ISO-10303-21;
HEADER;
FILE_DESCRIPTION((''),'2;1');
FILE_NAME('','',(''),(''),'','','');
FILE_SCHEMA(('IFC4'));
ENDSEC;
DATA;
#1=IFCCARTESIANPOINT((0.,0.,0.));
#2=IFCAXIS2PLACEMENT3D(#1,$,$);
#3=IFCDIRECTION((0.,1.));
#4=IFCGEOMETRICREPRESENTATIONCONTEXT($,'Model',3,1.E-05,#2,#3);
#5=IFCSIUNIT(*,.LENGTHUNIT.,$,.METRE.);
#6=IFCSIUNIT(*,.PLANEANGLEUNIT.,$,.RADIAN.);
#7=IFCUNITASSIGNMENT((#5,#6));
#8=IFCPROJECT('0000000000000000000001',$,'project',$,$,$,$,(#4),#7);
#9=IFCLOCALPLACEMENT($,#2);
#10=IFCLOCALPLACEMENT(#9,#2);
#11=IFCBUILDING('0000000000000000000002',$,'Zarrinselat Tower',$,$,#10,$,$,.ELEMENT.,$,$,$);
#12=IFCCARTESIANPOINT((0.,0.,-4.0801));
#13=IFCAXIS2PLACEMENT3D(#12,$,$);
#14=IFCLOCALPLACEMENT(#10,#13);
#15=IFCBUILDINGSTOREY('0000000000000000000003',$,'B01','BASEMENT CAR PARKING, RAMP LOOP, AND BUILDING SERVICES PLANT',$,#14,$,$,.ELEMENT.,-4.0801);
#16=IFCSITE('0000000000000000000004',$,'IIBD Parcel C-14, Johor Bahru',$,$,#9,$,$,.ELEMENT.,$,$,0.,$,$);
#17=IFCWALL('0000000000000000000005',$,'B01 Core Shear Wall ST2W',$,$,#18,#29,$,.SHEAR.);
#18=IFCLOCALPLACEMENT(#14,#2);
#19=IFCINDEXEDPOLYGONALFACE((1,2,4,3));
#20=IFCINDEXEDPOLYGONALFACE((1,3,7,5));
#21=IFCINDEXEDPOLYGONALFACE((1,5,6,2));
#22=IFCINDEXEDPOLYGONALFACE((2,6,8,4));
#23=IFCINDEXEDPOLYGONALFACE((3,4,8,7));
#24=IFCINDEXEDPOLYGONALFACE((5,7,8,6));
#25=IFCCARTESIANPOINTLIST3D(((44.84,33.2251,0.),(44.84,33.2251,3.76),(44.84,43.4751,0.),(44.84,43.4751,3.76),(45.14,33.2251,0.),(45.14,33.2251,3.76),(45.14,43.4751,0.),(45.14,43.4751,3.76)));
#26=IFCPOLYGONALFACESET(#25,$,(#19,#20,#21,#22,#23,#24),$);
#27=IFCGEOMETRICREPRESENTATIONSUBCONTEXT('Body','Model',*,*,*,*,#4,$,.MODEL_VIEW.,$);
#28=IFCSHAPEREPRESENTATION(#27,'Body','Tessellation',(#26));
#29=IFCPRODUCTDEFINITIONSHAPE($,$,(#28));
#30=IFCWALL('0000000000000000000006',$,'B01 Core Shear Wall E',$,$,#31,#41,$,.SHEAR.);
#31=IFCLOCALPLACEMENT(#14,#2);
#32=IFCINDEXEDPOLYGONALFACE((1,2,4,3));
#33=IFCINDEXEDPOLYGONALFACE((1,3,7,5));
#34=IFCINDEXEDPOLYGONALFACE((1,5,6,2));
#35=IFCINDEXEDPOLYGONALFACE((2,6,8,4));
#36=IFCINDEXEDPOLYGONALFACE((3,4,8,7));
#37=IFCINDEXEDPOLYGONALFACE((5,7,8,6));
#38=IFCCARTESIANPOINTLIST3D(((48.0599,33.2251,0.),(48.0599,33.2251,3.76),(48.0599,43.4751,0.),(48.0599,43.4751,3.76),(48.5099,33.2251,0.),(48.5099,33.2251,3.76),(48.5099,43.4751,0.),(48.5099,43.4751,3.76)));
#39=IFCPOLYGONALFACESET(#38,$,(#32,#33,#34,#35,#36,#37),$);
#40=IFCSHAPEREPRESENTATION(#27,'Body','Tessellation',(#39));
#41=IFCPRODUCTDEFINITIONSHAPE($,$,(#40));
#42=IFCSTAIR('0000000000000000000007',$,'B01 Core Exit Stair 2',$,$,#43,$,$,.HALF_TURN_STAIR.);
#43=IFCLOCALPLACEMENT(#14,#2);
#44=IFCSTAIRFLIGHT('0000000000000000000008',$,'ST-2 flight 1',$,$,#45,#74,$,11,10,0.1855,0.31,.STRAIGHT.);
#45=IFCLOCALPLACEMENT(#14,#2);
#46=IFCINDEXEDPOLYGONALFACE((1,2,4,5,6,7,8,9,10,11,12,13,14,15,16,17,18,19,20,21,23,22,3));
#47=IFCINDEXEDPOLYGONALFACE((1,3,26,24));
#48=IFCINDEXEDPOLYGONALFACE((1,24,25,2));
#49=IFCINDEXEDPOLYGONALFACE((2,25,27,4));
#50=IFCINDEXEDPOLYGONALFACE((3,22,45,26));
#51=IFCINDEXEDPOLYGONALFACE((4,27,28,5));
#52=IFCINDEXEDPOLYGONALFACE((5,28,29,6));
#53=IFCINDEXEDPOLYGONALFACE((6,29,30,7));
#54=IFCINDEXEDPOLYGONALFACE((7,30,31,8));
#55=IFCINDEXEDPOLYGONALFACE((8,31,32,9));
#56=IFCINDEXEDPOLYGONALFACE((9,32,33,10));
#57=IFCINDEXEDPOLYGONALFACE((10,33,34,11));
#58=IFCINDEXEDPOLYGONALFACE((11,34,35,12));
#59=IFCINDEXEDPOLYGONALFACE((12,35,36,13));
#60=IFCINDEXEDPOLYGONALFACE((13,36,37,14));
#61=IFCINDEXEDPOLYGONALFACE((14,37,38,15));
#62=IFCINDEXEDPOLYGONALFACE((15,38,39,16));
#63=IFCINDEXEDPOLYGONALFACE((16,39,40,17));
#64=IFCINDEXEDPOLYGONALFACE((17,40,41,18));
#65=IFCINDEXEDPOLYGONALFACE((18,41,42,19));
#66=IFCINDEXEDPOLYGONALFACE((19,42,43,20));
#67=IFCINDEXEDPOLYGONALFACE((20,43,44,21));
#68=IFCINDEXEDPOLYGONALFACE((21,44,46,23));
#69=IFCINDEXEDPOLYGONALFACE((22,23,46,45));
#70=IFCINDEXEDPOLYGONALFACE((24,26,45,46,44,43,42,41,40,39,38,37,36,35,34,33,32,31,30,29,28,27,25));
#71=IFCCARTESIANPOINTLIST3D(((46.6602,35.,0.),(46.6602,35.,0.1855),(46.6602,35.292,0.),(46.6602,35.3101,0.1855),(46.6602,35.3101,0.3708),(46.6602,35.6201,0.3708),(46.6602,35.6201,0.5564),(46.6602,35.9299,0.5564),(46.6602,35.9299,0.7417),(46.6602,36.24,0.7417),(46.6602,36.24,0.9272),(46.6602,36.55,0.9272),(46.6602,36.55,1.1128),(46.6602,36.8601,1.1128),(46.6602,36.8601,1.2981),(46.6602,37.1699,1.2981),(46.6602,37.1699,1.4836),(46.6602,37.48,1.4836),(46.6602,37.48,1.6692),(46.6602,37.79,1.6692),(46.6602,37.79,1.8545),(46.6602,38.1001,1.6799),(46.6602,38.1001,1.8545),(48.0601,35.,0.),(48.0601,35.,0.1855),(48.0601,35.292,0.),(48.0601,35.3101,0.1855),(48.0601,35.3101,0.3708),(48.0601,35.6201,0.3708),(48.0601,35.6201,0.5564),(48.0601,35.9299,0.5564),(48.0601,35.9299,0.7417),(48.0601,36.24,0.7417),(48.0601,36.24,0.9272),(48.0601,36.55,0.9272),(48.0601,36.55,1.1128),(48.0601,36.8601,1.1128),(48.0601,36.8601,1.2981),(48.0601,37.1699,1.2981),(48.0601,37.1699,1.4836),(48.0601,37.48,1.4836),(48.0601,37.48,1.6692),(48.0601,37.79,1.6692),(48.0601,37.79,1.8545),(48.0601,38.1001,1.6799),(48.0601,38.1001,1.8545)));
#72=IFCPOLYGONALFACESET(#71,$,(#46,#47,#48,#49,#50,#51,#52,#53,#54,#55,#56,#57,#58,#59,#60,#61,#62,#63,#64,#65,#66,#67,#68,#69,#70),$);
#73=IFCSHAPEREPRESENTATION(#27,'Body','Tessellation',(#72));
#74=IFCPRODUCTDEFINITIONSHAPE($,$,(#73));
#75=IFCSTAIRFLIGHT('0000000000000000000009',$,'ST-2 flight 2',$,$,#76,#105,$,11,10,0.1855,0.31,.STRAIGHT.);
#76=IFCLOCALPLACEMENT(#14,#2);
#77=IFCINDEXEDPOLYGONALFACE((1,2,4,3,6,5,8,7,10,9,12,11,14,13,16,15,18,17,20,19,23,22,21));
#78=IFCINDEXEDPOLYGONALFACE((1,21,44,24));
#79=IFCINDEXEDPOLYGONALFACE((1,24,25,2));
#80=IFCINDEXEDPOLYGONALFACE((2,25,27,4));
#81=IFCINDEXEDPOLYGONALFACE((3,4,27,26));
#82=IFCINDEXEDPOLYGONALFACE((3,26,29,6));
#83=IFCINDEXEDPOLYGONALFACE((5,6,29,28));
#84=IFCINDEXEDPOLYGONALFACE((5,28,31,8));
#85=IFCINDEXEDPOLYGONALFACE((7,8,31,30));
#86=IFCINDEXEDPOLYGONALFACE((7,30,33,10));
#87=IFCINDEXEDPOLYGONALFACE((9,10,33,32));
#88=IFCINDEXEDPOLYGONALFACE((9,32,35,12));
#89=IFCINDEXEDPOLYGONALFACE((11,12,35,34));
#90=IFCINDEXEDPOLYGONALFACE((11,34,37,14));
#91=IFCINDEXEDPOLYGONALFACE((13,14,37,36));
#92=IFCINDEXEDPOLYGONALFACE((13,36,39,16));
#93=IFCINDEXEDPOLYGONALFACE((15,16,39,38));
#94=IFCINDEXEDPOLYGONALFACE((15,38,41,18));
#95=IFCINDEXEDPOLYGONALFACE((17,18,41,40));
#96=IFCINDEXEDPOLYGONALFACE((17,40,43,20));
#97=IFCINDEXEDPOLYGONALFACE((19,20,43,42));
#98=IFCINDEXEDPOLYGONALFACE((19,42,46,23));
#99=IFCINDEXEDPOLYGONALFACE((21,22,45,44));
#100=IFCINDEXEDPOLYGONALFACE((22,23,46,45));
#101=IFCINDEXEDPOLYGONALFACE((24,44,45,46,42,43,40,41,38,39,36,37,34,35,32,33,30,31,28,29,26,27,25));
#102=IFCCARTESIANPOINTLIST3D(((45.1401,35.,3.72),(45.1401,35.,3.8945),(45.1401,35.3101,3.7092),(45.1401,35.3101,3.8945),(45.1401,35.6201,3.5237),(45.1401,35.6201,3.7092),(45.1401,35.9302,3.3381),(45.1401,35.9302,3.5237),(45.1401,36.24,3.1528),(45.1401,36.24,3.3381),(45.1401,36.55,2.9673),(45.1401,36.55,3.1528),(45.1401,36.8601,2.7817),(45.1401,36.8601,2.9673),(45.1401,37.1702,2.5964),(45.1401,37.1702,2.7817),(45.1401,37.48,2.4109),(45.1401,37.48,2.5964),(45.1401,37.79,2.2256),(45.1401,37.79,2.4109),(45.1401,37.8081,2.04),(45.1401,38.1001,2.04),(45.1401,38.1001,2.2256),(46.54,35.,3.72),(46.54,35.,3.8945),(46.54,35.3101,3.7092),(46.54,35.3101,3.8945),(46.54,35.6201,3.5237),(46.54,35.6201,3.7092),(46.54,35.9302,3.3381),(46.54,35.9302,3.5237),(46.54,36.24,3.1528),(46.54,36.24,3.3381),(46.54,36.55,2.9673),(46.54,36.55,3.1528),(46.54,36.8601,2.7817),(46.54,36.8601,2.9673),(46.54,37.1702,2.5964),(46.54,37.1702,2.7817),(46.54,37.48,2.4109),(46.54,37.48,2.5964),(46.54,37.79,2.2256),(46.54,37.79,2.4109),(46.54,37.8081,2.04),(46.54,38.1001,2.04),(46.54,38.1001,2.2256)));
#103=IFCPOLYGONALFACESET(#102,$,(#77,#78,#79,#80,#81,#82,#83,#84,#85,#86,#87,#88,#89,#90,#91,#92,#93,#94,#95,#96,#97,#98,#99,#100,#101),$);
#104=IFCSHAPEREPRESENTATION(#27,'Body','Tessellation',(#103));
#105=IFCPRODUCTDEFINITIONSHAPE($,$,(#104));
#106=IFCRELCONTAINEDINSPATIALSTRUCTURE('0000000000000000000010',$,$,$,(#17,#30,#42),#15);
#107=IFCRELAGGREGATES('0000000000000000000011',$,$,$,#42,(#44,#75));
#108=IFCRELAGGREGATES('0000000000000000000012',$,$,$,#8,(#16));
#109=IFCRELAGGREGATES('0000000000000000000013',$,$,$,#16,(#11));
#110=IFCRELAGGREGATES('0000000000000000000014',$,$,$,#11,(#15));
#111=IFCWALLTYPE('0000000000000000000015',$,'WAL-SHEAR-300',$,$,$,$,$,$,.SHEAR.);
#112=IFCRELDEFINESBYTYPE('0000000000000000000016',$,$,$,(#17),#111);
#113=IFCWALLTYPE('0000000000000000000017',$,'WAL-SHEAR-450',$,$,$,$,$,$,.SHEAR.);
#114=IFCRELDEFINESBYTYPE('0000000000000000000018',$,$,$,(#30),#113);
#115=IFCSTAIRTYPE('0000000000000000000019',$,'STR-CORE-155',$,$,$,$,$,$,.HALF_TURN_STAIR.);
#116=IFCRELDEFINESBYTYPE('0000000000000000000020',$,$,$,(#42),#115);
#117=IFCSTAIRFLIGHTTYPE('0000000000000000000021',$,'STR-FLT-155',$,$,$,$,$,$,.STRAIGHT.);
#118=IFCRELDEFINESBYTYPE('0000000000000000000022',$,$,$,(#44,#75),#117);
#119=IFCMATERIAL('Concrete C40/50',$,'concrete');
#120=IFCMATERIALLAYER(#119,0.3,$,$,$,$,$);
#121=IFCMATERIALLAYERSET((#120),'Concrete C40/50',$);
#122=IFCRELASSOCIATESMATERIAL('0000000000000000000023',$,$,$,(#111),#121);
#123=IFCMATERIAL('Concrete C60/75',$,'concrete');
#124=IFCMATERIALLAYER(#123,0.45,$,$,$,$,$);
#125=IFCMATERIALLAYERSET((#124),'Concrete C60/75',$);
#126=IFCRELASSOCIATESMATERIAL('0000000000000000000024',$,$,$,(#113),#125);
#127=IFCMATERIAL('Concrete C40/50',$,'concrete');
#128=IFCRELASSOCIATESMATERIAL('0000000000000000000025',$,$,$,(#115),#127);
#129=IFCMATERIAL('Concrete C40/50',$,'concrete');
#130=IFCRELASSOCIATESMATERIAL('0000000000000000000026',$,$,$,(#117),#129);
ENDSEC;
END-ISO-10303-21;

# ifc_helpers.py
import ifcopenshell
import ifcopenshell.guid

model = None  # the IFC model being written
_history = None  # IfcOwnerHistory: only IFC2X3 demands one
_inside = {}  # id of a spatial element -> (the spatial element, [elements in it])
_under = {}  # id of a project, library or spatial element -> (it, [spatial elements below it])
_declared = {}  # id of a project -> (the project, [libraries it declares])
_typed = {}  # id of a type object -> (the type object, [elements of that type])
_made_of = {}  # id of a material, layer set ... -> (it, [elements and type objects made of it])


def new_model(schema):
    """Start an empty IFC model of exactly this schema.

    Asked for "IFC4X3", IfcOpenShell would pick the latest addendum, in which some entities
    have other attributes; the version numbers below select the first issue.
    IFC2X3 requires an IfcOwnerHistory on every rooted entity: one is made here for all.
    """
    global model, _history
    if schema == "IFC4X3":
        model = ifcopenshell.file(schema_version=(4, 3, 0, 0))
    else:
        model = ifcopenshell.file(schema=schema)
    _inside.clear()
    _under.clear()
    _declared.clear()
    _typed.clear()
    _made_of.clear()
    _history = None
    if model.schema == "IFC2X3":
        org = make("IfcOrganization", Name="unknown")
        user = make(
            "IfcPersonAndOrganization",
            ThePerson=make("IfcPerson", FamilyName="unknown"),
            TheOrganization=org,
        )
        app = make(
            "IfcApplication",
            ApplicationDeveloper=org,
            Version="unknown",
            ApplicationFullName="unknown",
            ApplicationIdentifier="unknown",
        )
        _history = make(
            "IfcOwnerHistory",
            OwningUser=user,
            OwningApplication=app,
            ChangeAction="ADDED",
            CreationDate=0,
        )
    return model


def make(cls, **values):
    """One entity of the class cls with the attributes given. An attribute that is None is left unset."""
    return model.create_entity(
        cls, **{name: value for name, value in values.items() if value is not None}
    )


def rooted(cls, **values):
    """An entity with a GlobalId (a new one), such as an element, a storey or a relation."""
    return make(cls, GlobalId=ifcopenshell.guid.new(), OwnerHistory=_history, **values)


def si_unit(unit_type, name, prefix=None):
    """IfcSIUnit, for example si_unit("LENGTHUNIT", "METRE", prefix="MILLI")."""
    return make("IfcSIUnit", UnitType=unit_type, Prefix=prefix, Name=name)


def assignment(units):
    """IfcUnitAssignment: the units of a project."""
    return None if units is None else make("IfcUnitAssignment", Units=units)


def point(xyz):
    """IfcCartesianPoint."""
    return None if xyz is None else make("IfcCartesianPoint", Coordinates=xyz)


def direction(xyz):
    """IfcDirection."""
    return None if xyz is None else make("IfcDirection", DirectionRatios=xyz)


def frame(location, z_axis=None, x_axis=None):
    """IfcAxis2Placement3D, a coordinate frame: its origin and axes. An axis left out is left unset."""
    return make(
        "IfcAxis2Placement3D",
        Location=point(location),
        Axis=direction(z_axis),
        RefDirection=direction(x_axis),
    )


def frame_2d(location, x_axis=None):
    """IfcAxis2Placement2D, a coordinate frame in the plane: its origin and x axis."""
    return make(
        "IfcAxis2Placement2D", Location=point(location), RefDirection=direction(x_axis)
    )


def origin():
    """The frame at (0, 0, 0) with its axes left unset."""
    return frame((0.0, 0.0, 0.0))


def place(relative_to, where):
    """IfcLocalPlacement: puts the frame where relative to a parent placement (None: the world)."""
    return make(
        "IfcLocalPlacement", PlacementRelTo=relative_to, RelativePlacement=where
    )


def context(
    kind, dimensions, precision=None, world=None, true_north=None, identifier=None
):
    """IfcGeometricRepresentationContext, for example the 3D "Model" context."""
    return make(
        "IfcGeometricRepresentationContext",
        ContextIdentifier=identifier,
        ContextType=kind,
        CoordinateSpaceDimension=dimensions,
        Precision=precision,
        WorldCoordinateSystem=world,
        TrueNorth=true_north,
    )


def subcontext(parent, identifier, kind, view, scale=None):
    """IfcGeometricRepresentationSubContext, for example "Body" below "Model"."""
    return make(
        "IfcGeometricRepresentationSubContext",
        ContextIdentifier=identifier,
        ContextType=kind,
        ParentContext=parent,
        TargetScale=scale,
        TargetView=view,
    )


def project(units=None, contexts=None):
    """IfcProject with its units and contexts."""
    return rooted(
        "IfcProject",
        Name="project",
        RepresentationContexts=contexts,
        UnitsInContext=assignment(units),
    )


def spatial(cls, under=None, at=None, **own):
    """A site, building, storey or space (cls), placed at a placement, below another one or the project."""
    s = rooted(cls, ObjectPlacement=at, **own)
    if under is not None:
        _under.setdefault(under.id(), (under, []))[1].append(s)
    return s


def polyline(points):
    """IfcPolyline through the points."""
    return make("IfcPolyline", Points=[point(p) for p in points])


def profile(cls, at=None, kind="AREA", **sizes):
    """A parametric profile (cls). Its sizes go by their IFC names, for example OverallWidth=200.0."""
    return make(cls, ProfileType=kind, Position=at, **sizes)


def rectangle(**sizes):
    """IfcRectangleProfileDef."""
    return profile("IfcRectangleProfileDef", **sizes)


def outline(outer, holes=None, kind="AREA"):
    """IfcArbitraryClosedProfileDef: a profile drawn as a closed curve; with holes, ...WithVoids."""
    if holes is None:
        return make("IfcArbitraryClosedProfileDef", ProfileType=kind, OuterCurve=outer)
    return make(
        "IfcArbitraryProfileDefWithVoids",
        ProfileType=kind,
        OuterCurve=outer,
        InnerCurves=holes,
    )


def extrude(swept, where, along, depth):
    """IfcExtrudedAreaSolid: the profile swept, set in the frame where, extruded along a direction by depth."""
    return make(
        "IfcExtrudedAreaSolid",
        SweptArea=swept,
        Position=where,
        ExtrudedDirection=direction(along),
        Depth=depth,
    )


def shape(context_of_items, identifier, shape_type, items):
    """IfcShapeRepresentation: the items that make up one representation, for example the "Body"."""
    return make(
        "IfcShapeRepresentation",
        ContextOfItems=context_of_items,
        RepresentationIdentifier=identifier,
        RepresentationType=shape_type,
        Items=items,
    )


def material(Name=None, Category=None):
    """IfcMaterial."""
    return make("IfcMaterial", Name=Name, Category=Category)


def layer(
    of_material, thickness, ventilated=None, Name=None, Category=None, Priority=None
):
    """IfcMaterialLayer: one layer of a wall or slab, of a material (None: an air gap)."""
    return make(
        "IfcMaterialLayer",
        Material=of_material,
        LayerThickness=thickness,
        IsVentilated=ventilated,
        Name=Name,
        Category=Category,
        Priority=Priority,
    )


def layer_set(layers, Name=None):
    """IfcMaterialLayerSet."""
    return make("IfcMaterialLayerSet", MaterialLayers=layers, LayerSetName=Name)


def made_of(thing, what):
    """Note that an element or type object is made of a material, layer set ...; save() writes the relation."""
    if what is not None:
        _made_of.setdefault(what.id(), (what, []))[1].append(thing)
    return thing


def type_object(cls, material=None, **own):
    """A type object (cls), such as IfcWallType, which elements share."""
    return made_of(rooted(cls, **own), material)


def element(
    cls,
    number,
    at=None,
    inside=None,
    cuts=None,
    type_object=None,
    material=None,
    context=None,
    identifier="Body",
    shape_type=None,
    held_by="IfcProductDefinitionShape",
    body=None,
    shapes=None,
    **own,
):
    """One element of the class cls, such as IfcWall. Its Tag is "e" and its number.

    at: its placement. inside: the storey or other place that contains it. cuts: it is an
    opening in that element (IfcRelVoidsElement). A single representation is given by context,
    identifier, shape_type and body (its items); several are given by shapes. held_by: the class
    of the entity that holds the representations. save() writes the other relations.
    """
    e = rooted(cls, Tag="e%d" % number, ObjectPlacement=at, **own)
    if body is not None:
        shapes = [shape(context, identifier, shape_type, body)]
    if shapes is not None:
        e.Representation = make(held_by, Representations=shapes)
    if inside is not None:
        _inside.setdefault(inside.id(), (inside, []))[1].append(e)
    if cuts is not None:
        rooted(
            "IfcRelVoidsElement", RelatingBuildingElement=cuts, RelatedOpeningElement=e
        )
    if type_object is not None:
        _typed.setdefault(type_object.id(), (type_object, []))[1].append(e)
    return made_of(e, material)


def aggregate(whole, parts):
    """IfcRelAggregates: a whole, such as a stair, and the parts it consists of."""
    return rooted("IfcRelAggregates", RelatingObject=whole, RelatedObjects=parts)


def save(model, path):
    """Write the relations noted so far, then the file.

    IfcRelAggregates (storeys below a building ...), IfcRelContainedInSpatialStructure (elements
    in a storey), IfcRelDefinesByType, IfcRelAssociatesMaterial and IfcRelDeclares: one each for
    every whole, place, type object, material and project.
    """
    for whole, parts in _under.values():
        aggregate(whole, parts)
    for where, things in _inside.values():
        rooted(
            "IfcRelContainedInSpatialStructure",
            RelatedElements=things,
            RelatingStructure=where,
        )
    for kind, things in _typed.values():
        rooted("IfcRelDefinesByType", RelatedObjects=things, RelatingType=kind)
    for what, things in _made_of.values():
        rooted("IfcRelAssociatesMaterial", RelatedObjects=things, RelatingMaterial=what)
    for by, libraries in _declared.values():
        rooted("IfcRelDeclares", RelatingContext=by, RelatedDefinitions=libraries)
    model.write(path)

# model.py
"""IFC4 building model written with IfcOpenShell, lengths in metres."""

from ifc_helpers import new_model, si_unit, direction, frame, frame_2d, origin, place, context, subcontext, project, spatial, polyline, rectangle, outline, extrude, material, layer, layer_set, type_object, element, aggregate, save


model = new_model("IFC4")

# Units and contexts
model_context = context("Model", 3, precision=1e-05, world=origin(), true_north=direction((0.0, 1.0)))
body_context = subcontext(model_context, "Body", "Model", "MODEL_VIEW")
ifc_project = project(units=[si_unit("LENGTHUNIT", "METRE"), si_unit("PLANEANGLEUNIT", "RADIAN")], contexts=[model_context])

# Site, building, storey
site_placement = place(None, origin())
site = spatial("IfcSite", under=ifc_project, at=site_placement, Name="IIBD Parcel C-14, Johor Bahru", CompositionType="ELEMENT", RefElevation=0.0)
building_placement = place(site_placement, origin())
building = spatial("IfcBuilding", under=site, at=building_placement, Name="Zarrinselat Tower", CompositionType="ELEMENT")
storey_placement = place(building_placement, frame((0.0, 0.0, -4.0801)))
storey = spatial("IfcBuildingStorey", under=building, at=storey_placement, Name="B01", Description="BASEMENT CAR PARKING, RAMP LOOP, AND BUILDING SERVICES PLANT", CompositionType="ELEMENT", Elevation=-4.0801)

# Walls
ifc_material_1 = material(Name="Concrete C40/50", Category="concrete")
ifc_layer_1 = layer(ifc_material_1, 0.3)
ifc_layer_set_1 = layer_set([ifc_layer_1], Name="Concrete C40/50")
wall_type_1 = type_object("IfcWallType", Name="WAL-SHEAR-300", PredefinedType="SHEAR", material=ifc_layer_set_1)
wall_1_placement = place(storey_placement, frame((44.99, 33.2251, 0.0), z_axis=(0.0, 0.0, 1.0), x_axis=(0.0, 1.0, 0.0)))
element("IfcWall", 1, at=wall_1_placement, inside=storey, type_object=wall_type_1, Name="B01 Core Shear Wall ST2W", PredefinedType="SHEAR", context=body_context, shape_type="SweptSolid", body=[
    extrude(rectangle(XDim=10.25, YDim=0.3, at=frame_2d((5.125, 0.0))), origin(), (0.0, 0.0, 1.0), 3.76),
])
ifc_material_2 = material(Name="Concrete C60/75", Category="concrete")
ifc_layer_2 = layer(ifc_material_2, 0.45)
ifc_layer_set_2 = layer_set([ifc_layer_2], Name="Concrete C60/75")
wall_type_2 = type_object("IfcWallType", Name="WAL-SHEAR-450", PredefinedType="SHEAR", material=ifc_layer_set_2)
wall_2_placement = place(storey_placement, frame((48.2849, 33.2251, 0.0), z_axis=(0.0, 0.0, 1.0), x_axis=(0.0, 1.0, 0.0)))
element("IfcWall", 2, at=wall_2_placement, inside=storey, type_object=wall_type_2, Name="B01 Core Shear Wall E", PredefinedType="SHEAR", context=body_context, shape_type="SweptSolid", body=[
    extrude(rectangle(XDim=10.25, YDim=0.45, at=frame_2d((5.125, 0.0))), origin(), (0.0, 0.0, 1.0), 3.76),
])

# Stair, stair flights
ifc_material_3 = material(Name="Concrete C40/50", Category="concrete")
stair_type = type_object("IfcStairType", Name="STR-CORE-155", PredefinedType="HALF_TURN_STAIR", material=ifc_material_3)
stair_placement = place(storey_placement, origin())
stair = element("IfcStair", 3, at=stair_placement, inside=storey, type_object=stair_type, Name="B01 Core Exit Stair 2", PredefinedType="HALF_TURN_STAIR")
ifc_material_4 = material(Name="Concrete C40/50", Category="concrete")
stair_flight_type = type_object("IfcStairFlightType", Name="STR-FLT-155", PredefinedType="STRAIGHT", material=ifc_material_4)
stair_flight_1_placement = place(storey_placement, frame((47.3601, 35.0, 0.0), z_axis=(0.0, 0.0, 1.0), x_axis=(0.0, 1.0, 0.0)))
stair_flight_1 = element("IfcStairFlight", 4, at=stair_flight_1_placement, type_object=stair_flight_type, Name="ST-2 flight 1", NumberOfRisers=11, NumberOfTreads=10, PredefinedType="STRAIGHT", RiserHeight=0.1855, TreadLength=0.31, context=body_context, shape_type="SweptSolid", body=[
    extrude(outline(polyline([(0.0, 0.0), (0.0, 0.1855), (0.3101, 0.1855), (0.3101, 0.3708), (0.6201, 0.3708), (0.6201, 0.5564), (0.9299, 0.5564), (0.9299, 0.7417), (1.24, 0.7417), (1.24, 0.9272), (1.55, 0.9272), (1.55, 1.1128), (1.8601, 1.1128), (1.8601, 1.2981), (2.1699, 1.2981), (2.1699, 1.4836), (2.48, 1.4836), (2.48, 1.6692), (2.79, 1.6692), (2.79, 1.8545), (3.1001, 1.8545), (3.1001, 2.04), (3.1001, 1.6799), (0.292, 0.0), (0.0, 0.0)])), frame((0.0, 0.7, 0.0), z_axis=(0.0, -1.0, 0.0), x_axis=(1.0, 0.0, 0.0)), (0.0, 0.0, 1.0), 1.3999),
])
stair_flight_2_placement = place(storey_placement, frame((45.8401, 38.1001, 2.04), z_axis=(0.0, 0.0, 1.0), x_axis=(0.0, -1.0, 0.0)))
stair_flight_2 = element("IfcStairFlight", 5, at=stair_flight_2_placement, type_object=stair_flight_type, Name="ST-2 flight 2", NumberOfRisers=11, NumberOfTreads=10, PredefinedType="STRAIGHT", RiserHeight=0.1855, TreadLength=0.31, context=body_context, shape_type="SweptSolid", body=[
    extrude(outline(polyline([(0.0, 0.0), (0.0, 0.1855), (0.3101, 0.1855), (0.3101, 0.3708), (0.6201, 0.3708), (0.6201, 0.5564), (0.9299, 0.5564), (0.9299, 0.7417), (1.24, 0.7417), (1.24, 0.9272), (1.55, 0.9272), (1.55, 1.1128), (1.8601, 1.1128), (1.8601, 1.2981), (2.1699, 1.2981), (2.1699, 1.4836), (2.48, 1.4836), (2.48, 1.6692), (2.79, 1.6692), (2.79, 1.8545), (3.1001, 1.8545), (3.1001, 2.04), (3.1001, 1.6799), (0.292, 0.0), (0.0, 0.0)])), frame((0.0, 0.7, 0.0), z_axis=(0.0, -1.0, 0.0), x_axis=(1.0, 0.0, 0.0)), (0.0, 0.0, 1.0), 1.3999),
])
aggregate(stair, [stair_flight_1, stair_flight_2])

save(model, "model.ifc")
